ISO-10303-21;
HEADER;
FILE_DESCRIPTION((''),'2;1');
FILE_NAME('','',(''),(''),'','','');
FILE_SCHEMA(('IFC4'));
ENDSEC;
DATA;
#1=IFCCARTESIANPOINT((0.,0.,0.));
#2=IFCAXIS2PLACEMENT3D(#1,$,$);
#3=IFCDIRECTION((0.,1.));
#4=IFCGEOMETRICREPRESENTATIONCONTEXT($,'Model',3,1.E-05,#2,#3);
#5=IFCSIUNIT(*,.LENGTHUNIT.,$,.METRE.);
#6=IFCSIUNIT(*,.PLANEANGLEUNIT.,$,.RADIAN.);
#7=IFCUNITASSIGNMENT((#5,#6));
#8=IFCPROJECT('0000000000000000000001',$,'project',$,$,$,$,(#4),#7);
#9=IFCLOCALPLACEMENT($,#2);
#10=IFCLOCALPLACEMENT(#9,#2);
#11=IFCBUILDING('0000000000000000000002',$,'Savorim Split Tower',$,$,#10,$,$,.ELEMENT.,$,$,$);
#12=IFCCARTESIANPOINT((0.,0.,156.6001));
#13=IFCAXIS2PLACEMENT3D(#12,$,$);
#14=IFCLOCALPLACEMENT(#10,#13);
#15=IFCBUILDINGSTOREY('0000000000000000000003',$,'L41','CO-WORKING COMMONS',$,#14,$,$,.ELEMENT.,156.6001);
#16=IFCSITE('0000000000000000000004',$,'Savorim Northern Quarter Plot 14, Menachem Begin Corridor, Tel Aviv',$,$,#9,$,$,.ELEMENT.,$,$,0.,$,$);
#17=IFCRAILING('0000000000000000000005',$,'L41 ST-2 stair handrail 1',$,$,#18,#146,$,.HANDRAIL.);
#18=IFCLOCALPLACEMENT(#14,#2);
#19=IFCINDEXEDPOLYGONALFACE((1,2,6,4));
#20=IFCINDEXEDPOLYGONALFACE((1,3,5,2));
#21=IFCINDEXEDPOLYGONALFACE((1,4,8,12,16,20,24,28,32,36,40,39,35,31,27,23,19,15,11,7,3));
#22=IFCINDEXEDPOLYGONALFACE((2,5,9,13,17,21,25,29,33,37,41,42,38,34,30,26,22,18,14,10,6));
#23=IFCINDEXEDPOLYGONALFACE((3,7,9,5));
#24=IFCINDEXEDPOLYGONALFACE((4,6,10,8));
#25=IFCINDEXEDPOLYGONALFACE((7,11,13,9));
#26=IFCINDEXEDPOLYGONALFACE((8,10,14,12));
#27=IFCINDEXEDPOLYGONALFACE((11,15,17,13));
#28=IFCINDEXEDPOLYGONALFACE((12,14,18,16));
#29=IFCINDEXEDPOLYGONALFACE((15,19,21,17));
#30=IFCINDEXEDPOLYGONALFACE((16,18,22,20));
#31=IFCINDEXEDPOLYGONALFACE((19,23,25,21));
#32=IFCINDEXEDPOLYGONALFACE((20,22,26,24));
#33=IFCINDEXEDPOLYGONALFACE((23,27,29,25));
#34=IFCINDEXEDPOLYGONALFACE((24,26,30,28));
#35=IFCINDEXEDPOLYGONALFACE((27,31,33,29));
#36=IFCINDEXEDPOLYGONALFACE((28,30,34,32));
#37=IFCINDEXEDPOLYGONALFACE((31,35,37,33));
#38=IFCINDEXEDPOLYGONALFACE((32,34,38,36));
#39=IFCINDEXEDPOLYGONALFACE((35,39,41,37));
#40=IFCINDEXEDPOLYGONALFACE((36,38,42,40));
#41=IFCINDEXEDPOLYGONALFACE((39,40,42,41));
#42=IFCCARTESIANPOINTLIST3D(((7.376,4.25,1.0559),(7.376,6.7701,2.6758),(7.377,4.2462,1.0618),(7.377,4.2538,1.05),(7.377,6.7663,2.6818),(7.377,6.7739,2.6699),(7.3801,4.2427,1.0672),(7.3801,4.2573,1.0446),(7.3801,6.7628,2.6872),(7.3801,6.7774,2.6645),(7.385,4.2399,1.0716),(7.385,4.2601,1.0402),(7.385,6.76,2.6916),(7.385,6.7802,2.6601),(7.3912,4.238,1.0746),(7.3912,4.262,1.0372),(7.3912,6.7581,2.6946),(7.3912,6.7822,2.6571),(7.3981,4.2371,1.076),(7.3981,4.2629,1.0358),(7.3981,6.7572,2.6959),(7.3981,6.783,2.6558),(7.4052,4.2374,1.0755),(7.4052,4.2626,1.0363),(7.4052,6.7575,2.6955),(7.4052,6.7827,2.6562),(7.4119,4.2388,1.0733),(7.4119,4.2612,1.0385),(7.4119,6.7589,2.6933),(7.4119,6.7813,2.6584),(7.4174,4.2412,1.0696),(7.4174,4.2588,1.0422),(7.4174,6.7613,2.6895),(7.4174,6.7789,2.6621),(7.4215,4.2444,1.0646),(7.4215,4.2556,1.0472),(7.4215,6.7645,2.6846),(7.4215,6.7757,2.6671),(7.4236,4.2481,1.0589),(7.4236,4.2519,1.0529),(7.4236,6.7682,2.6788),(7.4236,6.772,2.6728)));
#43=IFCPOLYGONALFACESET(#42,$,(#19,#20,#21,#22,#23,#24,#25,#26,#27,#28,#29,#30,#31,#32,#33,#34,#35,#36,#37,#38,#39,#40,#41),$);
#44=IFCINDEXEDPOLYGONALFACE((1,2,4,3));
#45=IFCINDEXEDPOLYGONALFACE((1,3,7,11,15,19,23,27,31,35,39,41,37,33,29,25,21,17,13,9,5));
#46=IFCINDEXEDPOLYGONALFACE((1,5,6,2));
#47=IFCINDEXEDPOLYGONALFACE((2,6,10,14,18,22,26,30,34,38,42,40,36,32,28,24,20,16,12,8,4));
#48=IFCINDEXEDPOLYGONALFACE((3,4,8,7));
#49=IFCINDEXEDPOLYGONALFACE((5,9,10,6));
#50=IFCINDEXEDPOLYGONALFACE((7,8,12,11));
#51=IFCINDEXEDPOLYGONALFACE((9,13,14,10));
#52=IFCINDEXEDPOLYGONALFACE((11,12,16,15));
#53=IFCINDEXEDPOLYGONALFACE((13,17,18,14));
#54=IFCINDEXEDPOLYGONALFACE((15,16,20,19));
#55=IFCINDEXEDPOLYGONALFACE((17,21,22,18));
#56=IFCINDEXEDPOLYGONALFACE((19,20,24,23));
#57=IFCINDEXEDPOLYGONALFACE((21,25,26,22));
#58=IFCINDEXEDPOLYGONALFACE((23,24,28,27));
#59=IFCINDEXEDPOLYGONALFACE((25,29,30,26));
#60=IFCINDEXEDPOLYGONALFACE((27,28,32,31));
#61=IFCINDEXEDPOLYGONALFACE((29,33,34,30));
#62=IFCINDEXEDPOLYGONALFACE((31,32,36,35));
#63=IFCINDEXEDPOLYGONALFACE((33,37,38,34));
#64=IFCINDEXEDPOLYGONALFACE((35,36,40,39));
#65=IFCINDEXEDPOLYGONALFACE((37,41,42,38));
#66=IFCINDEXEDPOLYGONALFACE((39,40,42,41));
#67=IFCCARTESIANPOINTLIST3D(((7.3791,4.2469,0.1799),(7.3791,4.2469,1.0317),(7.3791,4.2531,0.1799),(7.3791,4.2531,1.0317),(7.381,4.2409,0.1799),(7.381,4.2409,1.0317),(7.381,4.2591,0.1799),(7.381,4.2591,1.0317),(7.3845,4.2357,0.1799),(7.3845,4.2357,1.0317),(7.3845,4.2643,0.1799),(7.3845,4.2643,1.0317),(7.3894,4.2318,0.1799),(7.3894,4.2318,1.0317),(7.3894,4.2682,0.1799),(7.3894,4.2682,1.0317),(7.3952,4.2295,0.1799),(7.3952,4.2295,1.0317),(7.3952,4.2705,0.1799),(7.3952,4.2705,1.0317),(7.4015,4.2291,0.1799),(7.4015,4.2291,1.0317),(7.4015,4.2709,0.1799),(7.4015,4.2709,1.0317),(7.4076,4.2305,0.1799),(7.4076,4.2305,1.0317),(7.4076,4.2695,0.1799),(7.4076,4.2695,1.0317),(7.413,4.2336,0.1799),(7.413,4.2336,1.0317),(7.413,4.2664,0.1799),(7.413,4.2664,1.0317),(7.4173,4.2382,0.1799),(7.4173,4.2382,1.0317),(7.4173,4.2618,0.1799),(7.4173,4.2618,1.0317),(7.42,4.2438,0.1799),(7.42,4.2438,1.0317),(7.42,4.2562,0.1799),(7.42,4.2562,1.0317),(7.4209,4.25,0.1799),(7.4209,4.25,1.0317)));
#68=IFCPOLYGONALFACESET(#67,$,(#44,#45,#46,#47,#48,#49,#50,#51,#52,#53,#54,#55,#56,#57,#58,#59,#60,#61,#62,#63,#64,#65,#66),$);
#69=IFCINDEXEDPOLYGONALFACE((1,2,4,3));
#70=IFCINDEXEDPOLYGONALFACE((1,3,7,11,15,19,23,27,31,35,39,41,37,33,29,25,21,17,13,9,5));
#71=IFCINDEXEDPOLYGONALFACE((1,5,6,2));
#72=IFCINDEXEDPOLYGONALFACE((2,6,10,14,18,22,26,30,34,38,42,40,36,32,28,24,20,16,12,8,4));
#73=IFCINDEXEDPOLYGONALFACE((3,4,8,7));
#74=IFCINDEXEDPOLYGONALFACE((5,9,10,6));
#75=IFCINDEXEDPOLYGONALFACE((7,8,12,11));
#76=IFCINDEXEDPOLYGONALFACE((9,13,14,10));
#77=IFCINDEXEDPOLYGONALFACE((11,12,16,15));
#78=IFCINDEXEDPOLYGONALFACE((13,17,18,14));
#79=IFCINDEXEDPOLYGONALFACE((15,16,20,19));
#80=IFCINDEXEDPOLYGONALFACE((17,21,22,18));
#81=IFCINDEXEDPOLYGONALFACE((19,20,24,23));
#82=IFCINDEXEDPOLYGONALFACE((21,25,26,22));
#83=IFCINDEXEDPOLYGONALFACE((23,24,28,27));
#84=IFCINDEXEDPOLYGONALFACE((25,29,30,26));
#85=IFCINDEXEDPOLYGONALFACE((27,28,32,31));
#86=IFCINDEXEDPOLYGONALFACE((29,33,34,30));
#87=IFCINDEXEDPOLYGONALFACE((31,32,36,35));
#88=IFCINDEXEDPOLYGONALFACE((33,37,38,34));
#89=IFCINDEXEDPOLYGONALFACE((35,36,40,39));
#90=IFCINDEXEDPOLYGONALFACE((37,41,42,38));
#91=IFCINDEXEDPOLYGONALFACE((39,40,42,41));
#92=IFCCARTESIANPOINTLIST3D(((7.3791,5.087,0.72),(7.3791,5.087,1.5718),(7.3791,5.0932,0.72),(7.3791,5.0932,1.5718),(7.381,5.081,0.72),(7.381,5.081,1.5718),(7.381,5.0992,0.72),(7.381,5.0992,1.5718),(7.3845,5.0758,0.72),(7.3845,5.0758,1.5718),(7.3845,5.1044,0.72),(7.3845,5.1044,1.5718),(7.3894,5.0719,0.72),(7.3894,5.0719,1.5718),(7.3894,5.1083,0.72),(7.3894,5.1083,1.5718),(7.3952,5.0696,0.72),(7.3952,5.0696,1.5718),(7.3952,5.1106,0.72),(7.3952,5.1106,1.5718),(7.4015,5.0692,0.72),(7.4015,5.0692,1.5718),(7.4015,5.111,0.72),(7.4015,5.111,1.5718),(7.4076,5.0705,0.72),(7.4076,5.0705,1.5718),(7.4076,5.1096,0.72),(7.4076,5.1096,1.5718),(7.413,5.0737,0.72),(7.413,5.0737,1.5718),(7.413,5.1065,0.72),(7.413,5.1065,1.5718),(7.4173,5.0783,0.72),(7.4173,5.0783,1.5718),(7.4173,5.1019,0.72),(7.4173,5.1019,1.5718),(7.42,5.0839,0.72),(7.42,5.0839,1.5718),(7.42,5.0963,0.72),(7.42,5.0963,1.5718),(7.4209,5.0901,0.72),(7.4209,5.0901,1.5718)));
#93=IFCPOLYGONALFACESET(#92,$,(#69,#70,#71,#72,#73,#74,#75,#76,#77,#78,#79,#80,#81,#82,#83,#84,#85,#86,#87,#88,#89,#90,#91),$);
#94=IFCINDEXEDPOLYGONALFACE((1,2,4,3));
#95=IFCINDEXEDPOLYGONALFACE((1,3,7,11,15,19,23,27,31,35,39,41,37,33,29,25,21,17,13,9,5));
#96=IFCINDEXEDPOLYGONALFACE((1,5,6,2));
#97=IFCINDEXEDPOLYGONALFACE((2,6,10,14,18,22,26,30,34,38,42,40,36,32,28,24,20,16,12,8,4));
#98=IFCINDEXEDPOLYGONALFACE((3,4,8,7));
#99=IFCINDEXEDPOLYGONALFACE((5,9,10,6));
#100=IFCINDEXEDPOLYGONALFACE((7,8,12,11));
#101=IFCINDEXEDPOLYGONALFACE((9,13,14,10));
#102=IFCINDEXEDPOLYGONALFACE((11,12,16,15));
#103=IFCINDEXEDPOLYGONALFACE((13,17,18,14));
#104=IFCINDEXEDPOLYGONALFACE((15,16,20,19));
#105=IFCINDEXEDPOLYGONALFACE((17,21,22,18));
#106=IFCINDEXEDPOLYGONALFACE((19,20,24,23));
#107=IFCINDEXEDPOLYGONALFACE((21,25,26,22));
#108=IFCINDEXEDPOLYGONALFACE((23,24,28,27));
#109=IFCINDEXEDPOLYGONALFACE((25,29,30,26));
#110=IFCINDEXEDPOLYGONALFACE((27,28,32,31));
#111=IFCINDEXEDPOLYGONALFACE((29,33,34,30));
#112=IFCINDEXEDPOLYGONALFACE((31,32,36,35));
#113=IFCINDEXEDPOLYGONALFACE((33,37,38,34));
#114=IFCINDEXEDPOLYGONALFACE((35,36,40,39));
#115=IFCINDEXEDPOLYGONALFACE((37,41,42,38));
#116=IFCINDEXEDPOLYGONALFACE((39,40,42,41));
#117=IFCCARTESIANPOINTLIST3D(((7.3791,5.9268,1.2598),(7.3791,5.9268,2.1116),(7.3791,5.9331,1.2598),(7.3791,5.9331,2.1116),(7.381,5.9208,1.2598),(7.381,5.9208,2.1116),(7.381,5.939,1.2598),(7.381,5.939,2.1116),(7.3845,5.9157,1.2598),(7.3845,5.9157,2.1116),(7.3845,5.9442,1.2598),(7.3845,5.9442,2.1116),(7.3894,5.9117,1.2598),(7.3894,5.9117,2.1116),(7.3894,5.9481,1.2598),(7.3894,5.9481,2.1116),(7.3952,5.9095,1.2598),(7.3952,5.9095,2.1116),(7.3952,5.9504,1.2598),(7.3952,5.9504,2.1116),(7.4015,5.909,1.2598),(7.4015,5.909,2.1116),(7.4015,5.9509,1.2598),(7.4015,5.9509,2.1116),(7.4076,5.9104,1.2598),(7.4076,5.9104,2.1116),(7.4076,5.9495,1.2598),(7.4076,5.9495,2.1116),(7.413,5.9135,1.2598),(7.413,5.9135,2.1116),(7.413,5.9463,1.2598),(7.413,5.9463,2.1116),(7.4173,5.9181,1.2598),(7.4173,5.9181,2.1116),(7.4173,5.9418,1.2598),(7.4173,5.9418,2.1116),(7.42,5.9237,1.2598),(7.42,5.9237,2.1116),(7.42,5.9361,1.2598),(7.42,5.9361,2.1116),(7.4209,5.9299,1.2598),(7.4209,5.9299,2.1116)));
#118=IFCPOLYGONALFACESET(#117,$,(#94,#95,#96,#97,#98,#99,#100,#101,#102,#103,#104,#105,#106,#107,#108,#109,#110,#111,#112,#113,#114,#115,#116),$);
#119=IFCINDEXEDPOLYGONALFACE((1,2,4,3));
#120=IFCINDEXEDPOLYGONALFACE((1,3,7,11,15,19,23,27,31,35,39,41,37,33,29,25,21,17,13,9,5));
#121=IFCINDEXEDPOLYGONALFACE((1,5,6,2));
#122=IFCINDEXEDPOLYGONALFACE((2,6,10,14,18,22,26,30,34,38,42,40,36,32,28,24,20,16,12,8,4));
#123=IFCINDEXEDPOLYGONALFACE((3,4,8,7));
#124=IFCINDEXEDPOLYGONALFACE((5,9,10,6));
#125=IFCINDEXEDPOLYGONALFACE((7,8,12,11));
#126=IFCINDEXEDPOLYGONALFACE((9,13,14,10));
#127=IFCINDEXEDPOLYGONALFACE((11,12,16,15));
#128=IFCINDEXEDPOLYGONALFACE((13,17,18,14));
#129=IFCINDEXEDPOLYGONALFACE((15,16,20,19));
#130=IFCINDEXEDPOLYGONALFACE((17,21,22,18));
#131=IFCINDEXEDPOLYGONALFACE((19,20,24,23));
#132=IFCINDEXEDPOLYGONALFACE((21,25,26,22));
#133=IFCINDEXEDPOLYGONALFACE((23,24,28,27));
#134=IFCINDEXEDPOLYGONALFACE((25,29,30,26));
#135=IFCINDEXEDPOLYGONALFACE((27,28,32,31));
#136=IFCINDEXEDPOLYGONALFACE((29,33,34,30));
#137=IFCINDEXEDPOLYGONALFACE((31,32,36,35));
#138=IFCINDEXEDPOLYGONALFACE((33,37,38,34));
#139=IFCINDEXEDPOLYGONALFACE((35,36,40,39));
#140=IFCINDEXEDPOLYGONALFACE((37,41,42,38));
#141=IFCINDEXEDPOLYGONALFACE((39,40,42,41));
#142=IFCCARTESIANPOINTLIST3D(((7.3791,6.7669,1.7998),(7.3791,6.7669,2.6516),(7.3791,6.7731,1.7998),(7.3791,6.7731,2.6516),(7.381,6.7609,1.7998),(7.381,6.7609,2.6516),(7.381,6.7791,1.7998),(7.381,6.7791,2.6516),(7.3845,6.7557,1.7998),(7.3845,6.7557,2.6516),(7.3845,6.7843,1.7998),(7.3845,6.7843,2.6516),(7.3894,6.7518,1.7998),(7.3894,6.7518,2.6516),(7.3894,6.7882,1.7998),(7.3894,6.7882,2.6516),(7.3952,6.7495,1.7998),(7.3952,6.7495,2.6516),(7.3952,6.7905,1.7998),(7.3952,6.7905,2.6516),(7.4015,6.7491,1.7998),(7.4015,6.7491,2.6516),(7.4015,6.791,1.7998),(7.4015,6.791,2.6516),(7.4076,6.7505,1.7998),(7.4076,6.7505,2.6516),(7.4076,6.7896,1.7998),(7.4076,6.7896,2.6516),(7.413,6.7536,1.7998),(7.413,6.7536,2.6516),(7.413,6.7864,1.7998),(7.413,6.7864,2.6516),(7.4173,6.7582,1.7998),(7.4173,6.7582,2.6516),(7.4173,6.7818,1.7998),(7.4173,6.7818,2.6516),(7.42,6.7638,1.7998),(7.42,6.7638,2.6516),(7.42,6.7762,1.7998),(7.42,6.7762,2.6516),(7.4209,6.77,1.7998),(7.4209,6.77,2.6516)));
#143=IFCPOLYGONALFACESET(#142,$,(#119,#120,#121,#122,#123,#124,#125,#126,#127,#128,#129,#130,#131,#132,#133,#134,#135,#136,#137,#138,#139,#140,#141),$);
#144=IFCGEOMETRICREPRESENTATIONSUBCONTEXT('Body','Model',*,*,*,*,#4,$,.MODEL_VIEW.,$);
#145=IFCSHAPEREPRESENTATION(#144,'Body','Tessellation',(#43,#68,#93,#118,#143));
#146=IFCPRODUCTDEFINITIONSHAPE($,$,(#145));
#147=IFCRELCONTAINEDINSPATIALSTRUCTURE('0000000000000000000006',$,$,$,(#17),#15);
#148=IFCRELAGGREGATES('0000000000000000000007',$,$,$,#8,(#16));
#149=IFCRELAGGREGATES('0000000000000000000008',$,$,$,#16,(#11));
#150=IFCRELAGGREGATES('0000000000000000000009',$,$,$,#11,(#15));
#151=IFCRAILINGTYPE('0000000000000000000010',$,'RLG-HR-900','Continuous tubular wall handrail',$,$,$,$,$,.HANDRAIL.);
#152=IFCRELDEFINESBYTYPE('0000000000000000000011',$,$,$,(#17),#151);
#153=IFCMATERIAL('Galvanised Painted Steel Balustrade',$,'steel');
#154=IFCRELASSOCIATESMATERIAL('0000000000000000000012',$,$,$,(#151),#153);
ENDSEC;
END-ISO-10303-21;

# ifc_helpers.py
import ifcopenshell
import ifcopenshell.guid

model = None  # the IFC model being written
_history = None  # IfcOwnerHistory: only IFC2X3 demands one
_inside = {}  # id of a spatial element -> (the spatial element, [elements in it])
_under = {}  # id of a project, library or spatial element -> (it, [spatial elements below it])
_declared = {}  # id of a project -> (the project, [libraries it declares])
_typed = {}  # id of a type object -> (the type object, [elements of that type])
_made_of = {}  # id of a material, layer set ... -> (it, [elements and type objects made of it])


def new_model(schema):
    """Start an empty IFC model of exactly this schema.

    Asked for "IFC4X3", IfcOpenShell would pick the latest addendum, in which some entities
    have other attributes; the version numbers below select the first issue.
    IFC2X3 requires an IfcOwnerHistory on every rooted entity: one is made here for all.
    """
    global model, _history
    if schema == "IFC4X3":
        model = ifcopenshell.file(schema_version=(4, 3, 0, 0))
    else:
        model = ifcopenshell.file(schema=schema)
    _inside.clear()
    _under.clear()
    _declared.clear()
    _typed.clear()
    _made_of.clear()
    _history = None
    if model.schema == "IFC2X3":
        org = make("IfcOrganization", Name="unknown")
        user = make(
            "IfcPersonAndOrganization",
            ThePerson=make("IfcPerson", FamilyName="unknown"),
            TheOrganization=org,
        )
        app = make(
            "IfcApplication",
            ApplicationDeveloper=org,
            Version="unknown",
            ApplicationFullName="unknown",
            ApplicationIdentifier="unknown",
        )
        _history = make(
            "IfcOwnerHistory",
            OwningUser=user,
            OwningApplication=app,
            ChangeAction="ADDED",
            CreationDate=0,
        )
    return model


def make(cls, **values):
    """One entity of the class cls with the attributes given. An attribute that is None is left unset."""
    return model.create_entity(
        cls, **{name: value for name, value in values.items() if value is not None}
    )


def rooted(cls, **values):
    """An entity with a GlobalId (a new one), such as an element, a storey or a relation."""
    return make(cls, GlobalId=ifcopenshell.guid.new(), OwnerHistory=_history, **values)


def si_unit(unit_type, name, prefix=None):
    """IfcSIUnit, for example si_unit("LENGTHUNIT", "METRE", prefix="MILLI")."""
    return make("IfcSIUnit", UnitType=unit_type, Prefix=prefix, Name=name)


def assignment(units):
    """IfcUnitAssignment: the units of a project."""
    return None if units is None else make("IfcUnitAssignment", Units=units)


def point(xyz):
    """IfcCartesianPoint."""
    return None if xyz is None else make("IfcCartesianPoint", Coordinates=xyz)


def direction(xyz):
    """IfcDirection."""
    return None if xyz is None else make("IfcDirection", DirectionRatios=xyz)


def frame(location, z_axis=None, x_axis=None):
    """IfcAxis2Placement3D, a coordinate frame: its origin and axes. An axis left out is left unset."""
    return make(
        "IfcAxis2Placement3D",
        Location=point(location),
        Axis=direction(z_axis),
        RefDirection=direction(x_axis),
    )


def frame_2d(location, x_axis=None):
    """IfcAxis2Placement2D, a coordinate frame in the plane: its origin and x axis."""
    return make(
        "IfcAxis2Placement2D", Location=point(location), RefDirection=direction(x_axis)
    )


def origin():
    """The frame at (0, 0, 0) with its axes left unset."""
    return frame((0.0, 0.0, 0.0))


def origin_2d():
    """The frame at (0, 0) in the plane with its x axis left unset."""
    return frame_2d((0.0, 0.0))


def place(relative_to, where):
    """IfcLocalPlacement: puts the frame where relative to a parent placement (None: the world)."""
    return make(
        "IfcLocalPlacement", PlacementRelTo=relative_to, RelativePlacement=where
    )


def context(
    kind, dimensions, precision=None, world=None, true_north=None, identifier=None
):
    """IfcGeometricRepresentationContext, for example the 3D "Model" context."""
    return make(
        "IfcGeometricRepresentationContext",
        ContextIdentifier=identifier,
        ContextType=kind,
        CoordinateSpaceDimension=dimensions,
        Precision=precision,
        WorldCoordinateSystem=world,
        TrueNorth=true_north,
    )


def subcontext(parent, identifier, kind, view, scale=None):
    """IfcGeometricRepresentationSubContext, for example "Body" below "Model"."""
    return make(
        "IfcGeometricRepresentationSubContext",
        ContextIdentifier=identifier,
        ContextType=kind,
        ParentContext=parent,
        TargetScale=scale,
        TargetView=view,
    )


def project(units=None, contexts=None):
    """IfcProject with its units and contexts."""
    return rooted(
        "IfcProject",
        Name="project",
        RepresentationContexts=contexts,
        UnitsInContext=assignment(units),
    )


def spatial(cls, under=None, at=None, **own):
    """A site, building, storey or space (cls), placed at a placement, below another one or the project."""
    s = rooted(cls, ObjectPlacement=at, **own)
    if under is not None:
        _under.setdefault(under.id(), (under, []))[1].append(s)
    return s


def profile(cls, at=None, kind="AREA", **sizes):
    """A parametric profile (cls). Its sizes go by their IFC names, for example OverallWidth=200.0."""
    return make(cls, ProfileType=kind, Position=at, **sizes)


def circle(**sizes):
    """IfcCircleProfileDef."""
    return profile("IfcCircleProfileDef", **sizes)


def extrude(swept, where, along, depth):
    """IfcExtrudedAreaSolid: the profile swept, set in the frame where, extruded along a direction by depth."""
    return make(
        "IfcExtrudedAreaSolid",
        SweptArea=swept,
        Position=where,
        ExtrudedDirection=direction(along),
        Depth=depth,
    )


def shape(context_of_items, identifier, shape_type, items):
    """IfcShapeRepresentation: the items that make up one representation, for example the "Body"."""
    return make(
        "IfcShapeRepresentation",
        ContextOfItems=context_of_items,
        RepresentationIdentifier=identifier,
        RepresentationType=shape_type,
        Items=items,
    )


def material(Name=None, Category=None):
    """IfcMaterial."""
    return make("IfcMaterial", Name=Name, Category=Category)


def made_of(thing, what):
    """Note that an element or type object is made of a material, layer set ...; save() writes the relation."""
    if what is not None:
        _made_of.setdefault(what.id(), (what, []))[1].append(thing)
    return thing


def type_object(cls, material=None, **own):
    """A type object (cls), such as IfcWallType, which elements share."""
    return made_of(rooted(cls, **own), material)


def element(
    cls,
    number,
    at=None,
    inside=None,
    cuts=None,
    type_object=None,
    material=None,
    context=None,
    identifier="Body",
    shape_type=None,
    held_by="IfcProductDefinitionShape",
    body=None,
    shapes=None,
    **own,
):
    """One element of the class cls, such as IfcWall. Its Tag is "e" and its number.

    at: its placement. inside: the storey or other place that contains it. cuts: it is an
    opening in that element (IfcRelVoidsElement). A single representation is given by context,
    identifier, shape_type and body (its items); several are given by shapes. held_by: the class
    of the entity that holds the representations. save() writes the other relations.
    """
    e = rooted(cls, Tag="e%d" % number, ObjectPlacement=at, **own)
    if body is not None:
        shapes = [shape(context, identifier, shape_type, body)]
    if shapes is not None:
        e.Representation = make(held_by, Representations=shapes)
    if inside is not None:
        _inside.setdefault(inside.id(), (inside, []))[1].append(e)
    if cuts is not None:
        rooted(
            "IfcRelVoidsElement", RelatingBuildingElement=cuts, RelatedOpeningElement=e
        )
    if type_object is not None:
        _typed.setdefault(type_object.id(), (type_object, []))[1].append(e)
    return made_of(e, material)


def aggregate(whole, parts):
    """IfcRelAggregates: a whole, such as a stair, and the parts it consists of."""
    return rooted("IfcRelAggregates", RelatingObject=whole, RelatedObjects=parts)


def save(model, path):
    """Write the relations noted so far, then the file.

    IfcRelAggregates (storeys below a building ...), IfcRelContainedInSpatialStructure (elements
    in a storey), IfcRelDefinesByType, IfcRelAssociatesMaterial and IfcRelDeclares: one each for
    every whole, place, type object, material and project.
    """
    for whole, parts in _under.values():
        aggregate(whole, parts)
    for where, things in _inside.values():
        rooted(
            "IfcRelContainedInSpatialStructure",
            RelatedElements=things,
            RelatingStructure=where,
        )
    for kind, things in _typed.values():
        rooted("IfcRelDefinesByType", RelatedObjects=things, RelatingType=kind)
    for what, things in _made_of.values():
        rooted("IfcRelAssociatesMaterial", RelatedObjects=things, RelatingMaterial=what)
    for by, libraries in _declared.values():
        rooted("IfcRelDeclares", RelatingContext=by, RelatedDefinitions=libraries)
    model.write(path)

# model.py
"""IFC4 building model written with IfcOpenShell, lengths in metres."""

from ifc_helpers import new_model, si_unit, direction, frame, origin, origin_2d, place, context, subcontext, project, spatial, circle, extrude, material, type_object, element, save


model = new_model("IFC4")

# Units and contexts
model_context = context("Model", 3, precision=1e-05, world=origin(), true_north=direction((0.0, 1.0)))
body_context = subcontext(model_context, "Body", "Model", "MODEL_VIEW")
ifc_project = project(units=[si_unit("LENGTHUNIT", "METRE"), si_unit("PLANEANGLEUNIT", "RADIAN")], contexts=[model_context])

# Site, building, storey
site_placement = place(None, origin())
site = spatial("IfcSite", under=ifc_project, at=site_placement, Name="Savorim Northern Quarter Plot 14, Menachem Begin Corridor, Tel Aviv", CompositionType="ELEMENT", RefElevation=0.0)
building_placement = place(site_placement, origin())
building = spatial("IfcBuilding", under=site, at=building_placement, Name="Savorim Split Tower", CompositionType="ELEMENT")
storey_placement = place(building_placement, frame((0.0, 0.0, 156.6001)))
storey = spatial("IfcBuildingStorey", under=building, at=storey_placement, Name="L41", Description="CO-WORKING COMMONS", CompositionType="ELEMENT", Elevation=156.6001)

# Railing
ifc_material_1 = material(Name="Galvanised Painted Steel Balustrade", Category="steel")
railing_type_1 = type_object("IfcRailingType", Name="RLG-HR-900", Description="Continuous tubular wall handrail", PredefinedType="HANDRAIL", material=ifc_material_1)
railing_1_placement = place(storey_placement, frame((7.3999, 4.25, 0.1799)))
element("IfcRailing", 1, at=railing_1_placement, inside=storey, type_object=railing_type_1, Name="L41 ST-2 stair handrail 1", PredefinedType="HANDRAIL", context=body_context, shape_type="SweptSolid", body=[
    extrude(circle(Radius=0.0239, at=origin_2d()), frame((0.0, 0.0, 0.876), z_axis=(0.0, 0.8412, 0.540725), x_axis=(-1.0, 0.0, 0.0)), (0.0, 0.0, 1.0), 2.9958),
    extrude(circle(Radius=0.021, at=origin_2d()), origin(), (0.0, 0.0, 1.0), 0.8518),
    extrude(circle(Radius=0.021, at=origin_2d()), frame((0.0, 0.8401, 0.54)), (0.0, 0.0, 1.0), 0.8518),
    extrude(circle(Radius=0.021, at=origin_2d()), frame((0.0, 1.6799, 1.0798)), (0.0, 0.0, 1.0), 0.8518),
    extrude(circle(Radius=0.021, at=origin_2d()), frame((0.0, 2.52, 1.6199)), (0.0, 0.0, 1.0), 0.8518),
])

save(model, "model.ifc")
